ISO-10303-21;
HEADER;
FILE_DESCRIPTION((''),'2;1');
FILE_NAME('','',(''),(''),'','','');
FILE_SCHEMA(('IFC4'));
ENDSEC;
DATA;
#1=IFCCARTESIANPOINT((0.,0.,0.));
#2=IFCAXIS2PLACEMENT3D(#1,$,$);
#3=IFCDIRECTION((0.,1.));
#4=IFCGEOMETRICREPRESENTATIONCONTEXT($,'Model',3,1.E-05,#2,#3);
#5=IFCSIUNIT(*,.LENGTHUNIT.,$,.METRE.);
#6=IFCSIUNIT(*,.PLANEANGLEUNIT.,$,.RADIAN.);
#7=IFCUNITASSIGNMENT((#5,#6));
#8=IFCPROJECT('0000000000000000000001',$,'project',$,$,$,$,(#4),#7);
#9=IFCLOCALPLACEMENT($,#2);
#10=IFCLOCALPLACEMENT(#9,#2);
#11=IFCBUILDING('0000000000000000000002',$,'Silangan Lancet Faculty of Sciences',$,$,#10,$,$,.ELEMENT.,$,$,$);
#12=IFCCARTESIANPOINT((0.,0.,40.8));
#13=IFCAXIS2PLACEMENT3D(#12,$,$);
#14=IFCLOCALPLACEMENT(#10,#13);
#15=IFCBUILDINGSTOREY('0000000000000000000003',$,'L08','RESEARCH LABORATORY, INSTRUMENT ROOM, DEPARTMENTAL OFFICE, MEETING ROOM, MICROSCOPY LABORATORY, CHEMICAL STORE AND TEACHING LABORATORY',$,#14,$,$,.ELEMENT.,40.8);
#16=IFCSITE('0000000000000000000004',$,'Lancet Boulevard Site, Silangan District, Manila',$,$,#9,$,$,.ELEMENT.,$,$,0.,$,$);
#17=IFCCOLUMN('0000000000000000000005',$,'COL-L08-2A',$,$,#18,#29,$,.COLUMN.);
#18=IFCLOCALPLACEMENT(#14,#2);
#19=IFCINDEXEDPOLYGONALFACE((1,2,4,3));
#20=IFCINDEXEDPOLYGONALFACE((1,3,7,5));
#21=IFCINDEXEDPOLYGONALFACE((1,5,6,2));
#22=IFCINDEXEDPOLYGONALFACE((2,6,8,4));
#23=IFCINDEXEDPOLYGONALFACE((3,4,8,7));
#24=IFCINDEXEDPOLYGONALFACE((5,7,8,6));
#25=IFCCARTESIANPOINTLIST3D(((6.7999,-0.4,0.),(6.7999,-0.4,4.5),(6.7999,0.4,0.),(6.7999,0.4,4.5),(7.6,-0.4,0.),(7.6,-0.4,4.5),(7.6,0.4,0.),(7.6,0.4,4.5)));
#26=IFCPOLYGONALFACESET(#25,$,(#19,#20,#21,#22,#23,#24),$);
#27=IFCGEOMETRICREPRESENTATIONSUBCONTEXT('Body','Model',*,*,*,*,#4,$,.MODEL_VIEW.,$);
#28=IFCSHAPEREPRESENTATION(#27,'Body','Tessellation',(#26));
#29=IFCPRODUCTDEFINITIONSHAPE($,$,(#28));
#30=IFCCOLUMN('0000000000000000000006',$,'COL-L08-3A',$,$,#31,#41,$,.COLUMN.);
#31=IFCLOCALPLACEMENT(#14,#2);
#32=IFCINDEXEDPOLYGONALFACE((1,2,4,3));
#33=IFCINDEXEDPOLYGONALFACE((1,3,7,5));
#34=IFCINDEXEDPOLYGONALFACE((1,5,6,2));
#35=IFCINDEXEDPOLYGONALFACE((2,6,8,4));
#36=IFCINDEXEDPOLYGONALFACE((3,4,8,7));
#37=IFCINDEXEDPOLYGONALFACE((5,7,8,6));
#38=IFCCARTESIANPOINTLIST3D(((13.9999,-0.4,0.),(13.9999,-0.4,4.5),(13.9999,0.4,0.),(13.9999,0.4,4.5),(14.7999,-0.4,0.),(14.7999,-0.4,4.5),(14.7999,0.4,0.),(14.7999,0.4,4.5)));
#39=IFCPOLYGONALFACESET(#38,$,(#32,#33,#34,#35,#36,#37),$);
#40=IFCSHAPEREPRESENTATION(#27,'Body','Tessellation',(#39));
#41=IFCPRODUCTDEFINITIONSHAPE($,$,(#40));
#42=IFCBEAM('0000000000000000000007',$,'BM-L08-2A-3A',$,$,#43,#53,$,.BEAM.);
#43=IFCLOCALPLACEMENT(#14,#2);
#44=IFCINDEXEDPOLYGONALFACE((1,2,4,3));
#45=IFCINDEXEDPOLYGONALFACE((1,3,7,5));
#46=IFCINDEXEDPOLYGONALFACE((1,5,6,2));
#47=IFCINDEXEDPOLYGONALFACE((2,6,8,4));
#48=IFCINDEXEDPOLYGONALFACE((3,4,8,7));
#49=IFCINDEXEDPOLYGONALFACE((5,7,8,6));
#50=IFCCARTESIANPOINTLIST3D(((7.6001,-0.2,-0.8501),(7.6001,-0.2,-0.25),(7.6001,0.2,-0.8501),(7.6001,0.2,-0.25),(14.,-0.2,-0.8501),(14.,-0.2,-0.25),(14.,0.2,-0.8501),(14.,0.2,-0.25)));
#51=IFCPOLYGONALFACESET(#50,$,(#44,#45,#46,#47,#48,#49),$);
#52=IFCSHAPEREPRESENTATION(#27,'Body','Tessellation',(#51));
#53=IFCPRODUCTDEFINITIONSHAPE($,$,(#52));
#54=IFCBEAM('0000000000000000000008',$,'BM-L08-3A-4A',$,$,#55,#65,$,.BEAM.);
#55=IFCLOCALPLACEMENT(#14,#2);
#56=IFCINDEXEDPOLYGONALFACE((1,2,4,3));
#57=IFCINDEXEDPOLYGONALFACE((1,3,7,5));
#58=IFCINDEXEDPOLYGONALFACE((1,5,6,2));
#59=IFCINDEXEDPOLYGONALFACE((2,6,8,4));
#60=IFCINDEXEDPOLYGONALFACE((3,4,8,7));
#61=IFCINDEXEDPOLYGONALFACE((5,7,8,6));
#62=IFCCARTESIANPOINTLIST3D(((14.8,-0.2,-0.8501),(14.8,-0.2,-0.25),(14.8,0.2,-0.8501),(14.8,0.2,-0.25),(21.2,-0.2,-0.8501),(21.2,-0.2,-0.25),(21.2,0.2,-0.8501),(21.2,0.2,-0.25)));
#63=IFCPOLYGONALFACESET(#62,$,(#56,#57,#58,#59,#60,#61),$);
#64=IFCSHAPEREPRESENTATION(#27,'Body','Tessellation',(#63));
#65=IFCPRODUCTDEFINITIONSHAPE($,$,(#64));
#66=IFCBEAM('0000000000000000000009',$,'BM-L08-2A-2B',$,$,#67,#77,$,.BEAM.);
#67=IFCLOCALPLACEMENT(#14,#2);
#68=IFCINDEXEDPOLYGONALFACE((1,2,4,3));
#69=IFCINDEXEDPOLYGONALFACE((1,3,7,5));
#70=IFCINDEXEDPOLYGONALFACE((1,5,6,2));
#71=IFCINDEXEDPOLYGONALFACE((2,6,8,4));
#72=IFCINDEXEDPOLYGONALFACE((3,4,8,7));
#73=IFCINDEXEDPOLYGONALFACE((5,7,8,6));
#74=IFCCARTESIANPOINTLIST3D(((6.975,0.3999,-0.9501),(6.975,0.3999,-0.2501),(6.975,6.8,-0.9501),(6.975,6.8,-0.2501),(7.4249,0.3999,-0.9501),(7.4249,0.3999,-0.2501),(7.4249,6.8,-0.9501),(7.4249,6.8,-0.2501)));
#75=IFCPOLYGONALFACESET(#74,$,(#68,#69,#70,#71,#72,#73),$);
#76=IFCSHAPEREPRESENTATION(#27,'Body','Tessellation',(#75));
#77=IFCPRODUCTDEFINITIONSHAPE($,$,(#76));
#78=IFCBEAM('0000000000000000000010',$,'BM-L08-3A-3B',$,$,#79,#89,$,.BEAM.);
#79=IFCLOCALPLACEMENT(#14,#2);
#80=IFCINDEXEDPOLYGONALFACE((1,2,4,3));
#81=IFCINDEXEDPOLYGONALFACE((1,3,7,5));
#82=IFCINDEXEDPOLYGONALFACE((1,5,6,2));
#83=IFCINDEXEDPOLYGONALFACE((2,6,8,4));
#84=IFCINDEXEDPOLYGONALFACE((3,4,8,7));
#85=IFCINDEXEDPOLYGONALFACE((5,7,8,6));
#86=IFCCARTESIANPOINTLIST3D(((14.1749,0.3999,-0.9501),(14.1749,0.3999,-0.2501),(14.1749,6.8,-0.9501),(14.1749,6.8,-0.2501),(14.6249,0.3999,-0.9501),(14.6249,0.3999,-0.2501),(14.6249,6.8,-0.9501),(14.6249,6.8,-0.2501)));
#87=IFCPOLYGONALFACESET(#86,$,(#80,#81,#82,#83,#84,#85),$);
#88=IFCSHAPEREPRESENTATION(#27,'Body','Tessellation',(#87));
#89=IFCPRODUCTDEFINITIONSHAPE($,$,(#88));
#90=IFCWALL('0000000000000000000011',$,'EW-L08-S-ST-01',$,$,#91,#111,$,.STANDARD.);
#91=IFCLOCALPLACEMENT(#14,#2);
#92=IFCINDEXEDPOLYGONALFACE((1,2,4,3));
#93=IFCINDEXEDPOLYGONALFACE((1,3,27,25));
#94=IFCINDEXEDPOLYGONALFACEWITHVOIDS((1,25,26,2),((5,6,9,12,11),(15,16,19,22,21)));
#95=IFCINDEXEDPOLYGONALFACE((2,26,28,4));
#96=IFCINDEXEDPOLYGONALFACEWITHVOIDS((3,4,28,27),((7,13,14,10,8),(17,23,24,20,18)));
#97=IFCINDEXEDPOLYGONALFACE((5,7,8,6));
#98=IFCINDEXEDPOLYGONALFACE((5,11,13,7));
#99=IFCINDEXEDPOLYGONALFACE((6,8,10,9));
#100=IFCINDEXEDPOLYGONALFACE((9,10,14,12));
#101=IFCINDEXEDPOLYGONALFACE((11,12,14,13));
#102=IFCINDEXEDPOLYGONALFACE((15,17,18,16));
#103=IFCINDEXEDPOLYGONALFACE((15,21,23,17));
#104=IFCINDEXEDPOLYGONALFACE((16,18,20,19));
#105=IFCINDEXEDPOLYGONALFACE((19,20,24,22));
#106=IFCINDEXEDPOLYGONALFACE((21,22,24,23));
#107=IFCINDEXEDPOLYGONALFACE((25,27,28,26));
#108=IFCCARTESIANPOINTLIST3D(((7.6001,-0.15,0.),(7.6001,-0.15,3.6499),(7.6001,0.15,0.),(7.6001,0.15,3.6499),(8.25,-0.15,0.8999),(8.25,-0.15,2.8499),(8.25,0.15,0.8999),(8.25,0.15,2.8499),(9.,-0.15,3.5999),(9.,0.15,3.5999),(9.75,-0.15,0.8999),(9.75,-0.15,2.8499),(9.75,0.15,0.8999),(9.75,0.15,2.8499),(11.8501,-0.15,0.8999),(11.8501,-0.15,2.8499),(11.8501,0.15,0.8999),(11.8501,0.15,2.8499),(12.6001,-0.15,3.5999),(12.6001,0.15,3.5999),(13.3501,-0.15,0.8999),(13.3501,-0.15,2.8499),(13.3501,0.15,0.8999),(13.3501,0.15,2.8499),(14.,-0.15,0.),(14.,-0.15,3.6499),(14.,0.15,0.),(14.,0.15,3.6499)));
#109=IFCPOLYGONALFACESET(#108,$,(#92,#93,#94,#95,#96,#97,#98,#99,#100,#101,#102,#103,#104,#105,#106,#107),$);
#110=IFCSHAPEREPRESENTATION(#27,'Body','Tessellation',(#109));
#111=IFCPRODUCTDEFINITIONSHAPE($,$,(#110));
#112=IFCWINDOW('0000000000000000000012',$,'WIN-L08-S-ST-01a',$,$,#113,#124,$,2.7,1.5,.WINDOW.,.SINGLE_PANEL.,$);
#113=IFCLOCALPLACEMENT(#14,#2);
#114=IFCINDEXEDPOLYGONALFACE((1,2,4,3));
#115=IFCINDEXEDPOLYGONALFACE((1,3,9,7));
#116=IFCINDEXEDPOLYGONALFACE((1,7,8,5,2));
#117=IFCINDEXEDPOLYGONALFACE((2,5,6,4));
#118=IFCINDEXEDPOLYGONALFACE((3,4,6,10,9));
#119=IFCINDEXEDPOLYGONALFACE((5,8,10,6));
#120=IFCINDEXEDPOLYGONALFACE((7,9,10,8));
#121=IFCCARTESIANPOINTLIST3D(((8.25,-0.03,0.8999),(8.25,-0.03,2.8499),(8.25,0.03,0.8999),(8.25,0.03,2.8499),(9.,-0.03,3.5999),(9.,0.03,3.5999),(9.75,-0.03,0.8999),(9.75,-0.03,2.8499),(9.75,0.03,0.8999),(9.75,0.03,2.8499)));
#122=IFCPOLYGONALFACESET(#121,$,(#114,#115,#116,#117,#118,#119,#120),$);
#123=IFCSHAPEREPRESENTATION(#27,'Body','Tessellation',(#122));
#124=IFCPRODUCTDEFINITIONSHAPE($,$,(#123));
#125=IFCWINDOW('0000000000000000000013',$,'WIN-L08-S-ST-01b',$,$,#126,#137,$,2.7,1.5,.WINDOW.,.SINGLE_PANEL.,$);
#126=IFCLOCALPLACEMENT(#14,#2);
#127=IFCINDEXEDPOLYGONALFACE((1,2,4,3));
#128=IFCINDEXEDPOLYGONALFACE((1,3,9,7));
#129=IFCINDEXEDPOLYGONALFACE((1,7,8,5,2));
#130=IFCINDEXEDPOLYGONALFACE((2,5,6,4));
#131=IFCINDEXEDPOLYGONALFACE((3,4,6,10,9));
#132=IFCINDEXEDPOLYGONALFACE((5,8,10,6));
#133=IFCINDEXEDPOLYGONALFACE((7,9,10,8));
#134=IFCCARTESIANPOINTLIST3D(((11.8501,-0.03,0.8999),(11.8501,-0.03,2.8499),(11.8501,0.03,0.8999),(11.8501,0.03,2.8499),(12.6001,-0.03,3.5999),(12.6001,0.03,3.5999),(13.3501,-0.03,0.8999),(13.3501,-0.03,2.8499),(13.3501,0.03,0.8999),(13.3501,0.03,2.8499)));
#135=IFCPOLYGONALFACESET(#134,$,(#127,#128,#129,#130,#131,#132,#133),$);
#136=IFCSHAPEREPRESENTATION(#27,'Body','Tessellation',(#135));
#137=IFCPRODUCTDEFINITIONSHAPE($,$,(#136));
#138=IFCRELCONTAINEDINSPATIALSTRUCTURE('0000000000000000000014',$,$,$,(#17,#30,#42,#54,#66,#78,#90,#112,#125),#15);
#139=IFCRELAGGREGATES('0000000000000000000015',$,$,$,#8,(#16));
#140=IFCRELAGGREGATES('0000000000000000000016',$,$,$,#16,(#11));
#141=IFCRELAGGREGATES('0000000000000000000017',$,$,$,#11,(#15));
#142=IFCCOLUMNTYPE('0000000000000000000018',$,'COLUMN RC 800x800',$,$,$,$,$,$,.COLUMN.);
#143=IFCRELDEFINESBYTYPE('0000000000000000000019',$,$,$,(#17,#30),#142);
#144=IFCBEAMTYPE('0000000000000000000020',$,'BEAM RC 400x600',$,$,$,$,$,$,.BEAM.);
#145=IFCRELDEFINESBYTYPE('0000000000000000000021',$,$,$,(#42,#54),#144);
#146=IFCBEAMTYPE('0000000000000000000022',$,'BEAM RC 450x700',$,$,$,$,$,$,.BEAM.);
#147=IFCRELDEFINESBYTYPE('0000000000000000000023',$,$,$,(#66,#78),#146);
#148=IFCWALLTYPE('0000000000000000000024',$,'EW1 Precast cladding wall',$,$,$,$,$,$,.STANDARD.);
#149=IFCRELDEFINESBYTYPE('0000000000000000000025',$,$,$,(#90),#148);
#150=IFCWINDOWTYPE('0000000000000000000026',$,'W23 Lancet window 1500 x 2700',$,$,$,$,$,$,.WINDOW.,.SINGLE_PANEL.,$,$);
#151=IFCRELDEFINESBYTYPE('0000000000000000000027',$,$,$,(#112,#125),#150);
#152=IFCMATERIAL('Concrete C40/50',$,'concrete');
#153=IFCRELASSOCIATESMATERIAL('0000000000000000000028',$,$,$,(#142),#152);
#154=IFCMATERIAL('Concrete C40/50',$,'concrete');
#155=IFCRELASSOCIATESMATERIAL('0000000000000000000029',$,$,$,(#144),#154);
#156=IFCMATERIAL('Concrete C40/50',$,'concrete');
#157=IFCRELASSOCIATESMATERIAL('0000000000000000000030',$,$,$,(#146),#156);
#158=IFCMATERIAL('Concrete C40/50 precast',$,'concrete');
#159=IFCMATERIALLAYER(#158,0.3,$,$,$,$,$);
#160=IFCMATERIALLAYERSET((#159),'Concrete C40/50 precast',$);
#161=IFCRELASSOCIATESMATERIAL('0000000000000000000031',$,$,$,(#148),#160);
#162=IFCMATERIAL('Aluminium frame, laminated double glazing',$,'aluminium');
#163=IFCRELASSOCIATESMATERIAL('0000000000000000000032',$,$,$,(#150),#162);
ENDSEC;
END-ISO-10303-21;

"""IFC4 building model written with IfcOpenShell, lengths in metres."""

from ifc_helpers import new_model, si_unit, direction, frame, frame_2d, origin, origin_2d, place, context, subcontext, project, spatial, polyline, rectangle, outline, extrude, material, layer, layer_set, material_profile, profile_set, type_object, element, fill, save


model = new_model("IFC4")

# Units and contexts
model_context = context("Model", 3, precision=1e-05, world=origin(), true_north=direction((0.0, 1.0)))
body_context = subcontext(model_context, "Body", "Model", "MODEL_VIEW")
ifc_project = project(units=[si_unit("LENGTHUNIT", "METRE"), si_unit("PLANEANGLEUNIT", "RADIAN")], contexts=[model_context])

# Site, building, storey
site_placement = place(None, origin())
site = spatial("IfcSite", under=ifc_project, at=site_placement, Name="Lancet Boulevard Site, Silangan District, Manila", CompositionType="ELEMENT", RefElevation=0.0)
building_placement = place(site_placement, origin())
building = spatial("IfcBuilding", under=site, at=building_placement, Name="Silangan Lancet Faculty of Sciences", CompositionType="ELEMENT")
storey_placement = place(building_placement, frame((0.0, 0.0, 40.8)))
storey = spatial("IfcBuildingStorey", under=building, at=storey_placement, Name="L08", Description="RESEARCH LABORATORY, INSTRUMENT ROOM, DEPARTMENTAL OFFICE, MEETING ROOM, MICROSCOPY LABORATORY, CHEMICAL STORE AND TEACHING LABORATORY", CompositionType="ELEMENT", Elevation=40.8)

# Columns
ifc_material_1 = material(Name="Concrete C40/50", Category="concrete")
ifc_material_profile_1 = material_profile(ifc_material_1, rectangle(XDim=0.8, YDim=0.8, at=origin_2d()), Name="RC 800x800")
ifc_profile_set_1 = profile_set([ifc_material_profile_1], Name="Concrete C40/50")
column_type = type_object("IfcColumnType", Name="COLUMN RC 800x800", PredefinedType="COLUMN", material=ifc_profile_set_1)
for number, where, z_axis, x_axis, name in (
    (1, (7.2, 0.0, 0.0), (0.0, 0.0, 1.0), (1.0, 0.0, 0.0), "COL-L08-2A"),
    (2, (14.3999, 0.0, 0.0), (0.0, 0.0, 1.0), (1.0, 0.0, 0.0), "COL-L08-3A"),
):
    element("IfcColumn", number, at=place(storey_placement, frame(where, z_axis=z_axis, x_axis=x_axis)), inside=storey, type_object=column_type, Name=name, PredefinedType="COLUMN", context=body_context, shape_type="SweptSolid", body=[
        extrude(rectangle(XDim=0.8, YDim=0.8, at=origin_2d()), origin(), (0.0, 0.0, 1.0), 4.5),
    ])

# Beams
ifc_material_2 = material(Name="Concrete C40/50", Category="concrete")
ifc_material_profile_2 = material_profile(ifc_material_2, rectangle(XDim=0.3999, YDim=0.6001, at=origin_2d()), Name="RC 400x600")
ifc_profile_set_2 = profile_set([ifc_material_profile_2], Name="Concrete C40/50")
beam_type_1 = type_object("IfcBeamType", Name="BEAM RC 400x600", PredefinedType="BEAM", material=ifc_profile_set_2)
for number, where, z_axis, x_axis, name in (
    (3, (7.6001, 0.0, -0.55), (1.0, 0.0, 0.0), (0.0, 1.0, 0.0), "BM-L08-2A-3A"),
    (4, (14.8, 0.0, -0.55), (1.0, 0.0, 0.0), (0.0, 1.0, 0.0), "BM-L08-3A-4A"),
):
    element("IfcBeam", number, at=place(storey_placement, frame(where, z_axis=z_axis, x_axis=x_axis)), inside=storey, type_object=beam_type_1, Name=name, PredefinedType="BEAM", context=body_context, shape_type="SweptSolid", body=[
        extrude(rectangle(XDim=0.3999, YDim=0.6001, at=origin_2d()), origin(), (0.0, 0.0, 1.0), 6.3999),
    ])
ifc_material_3 = material(Name="Concrete C40/50", Category="concrete")
ifc_material_profile_3 = material_profile(ifc_material_3, rectangle(XDim=0.45, YDim=0.7, at=origin_2d()), Name="RC 450x700")
ifc_profile_set_3 = profile_set([ifc_material_profile_3], Name="Concrete C40/50")
beam_type_2 = type_object("IfcBeamType", Name="BEAM RC 450x700", PredefinedType="BEAM", material=ifc_profile_set_3)
for number, where, z_axis, x_axis, name in (
    (5, (7.2, 0.3999, -0.6001), (0.0, 1.0, 0.0), (-1.0, 0.0, 0.0), "BM-L08-2A-2B"),
    (6, (14.3999, 0.3999, -0.6001), (0.0, 1.0, 0.0), (-1.0, 0.0, 0.0), "BM-L08-3A-3B"),
):
    element("IfcBeam", number, at=place(storey_placement, frame(where, z_axis=z_axis, x_axis=x_axis)), inside=storey, type_object=beam_type_2, Name=name, PredefinedType="BEAM", context=body_context, shape_type="SweptSolid", body=[
        extrude(rectangle(XDim=0.45, YDim=0.7, at=origin_2d()), origin(), (0.0, 0.0, 1.0), 6.4001),
    ])

# Wall, openings, windows
ifc_material_4 = material(Name="Concrete C40/50 precast", Category="concrete")
ifc_layer_1 = layer(ifc_material_4, 0.3)
ifc_layer_set_1 = layer_set([ifc_layer_1], Name="Concrete C40/50 precast")
wall_type_1 = type_object("IfcWallType", Name="EW1 Precast cladding wall", PredefinedType="STANDARD", material=ifc_layer_set_1)
wall_1_placement = place(storey_placement, frame((7.6001, 0.0, 0.0), z_axis=(0.0, 0.0, 1.0), x_axis=(1.0, 0.0, 0.0)))
wall_1 = element("IfcWall", 7, at=wall_1_placement, inside=storey, type_object=wall_type_1, Name="EW-L08-S-ST-01", PredefinedType="STANDARD", context=body_context, shape_type="SweptSolid", body=[
    extrude(rectangle(XDim=6.3999, YDim=0.3, at=frame_2d((3.2, 0.0))), origin(), (0.0, 0.0, 1.0), 3.6499),
])
opening_1_placement = place(wall_1_placement, frame((0.6499, 0.0, 0.8999)))
opening_1 = element("IfcOpeningElement", 8, at=opening_1_placement, cuts=wall_1, PredefinedType="OPENING", context=body_context, shape_type="SweptSolid", body=[
    extrude(outline(polyline([(0.0, 0.0), (1.5, 0.0), (1.5, 1.95), (0.75, 2.7), (0.0, 1.95), (0.0, 0.0)])), frame((0.0, 0.1599, 0.0), z_axis=(0.0, -1.0, 0.0), x_axis=(1.0, 0.0, 0.0)), (0.0, 0.0, 1.0), 0.3201),
])
opening_2_placement = place(wall_1_placement, frame((4.25, 0.0, 0.8999)))
opening_2 = element("IfcOpeningElement", 9, at=opening_2_placement, cuts=wall_1, PredefinedType="OPENING", context=body_context, shape_type="SweptSolid", body=[
    extrude(outline(polyline([(0.0, 0.0), (1.5, 0.0), (1.5, 1.95), (0.75, 2.7), (0.0, 1.95), (0.0, 0.0)])), frame((0.0, 0.1599, 0.0), z_axis=(0.0, -1.0, 0.0), x_axis=(1.0, 0.0, 0.0)), (0.0, 0.0, 1.0), 0.3201),
])
ifc_material_5 = material(Name="Aluminium frame, laminated double glazing", Category="aluminium")
window_type = type_object("IfcWindowType", Name="W23 Lancet window 1500 x 2700", PartitioningType="SINGLE_PANEL", PredefinedType="WINDOW", material=ifc_material_5)
window_1_placement = place(opening_1_placement, origin())
window_1 = element("IfcWindow", 10, at=window_1_placement, inside=storey, type_object=window_type, Name="WIN-L08-S-ST-01a", OverallHeight=2.7, OverallWidth=1.5, PartitioningType="SINGLE_PANEL", PredefinedType="WINDOW", context=body_context, shape_type="SweptSolid", body=[
    extrude(outline(polyline([(0.0, 0.0), (1.5, 0.0), (1.5, 1.95), (0.75, 2.7), (0.0, 1.95), (0.0, 0.0)])), frame((0.0, 0.03, 0.0), z_axis=(0.0, -1.0, 0.0), x_axis=(1.0, 0.0, 0.0)), (0.0, 0.0, 1.0), 0.0601),
])
fill(opening_1, window_1)
window_2_placement = place(opening_2_placement, origin())
window_2 = element("IfcWindow", 11, at=window_2_placement, inside=storey, type_object=window_type, Name="WIN-L08-S-ST-01b", OverallHeight=2.7, OverallWidth=1.5, PartitioningType="SINGLE_PANEL", PredefinedType="WINDOW", context=body_context, shape_type="SweptSolid", body=[
    extrude(outline(polyline([(0.0, 0.0), (1.5, 0.0), (1.5, 1.95), (0.75, 2.7), (0.0, 1.95), (0.0, 0.0)])), frame((0.0, 0.03, 0.0), z_axis=(0.0, -1.0, 0.0), x_axis=(1.0, 0.0, 0.0)), (0.0, 0.0, 1.0), 0.0601),
])
fill(opening_2, window_2)

save(model, "model.ifc")
